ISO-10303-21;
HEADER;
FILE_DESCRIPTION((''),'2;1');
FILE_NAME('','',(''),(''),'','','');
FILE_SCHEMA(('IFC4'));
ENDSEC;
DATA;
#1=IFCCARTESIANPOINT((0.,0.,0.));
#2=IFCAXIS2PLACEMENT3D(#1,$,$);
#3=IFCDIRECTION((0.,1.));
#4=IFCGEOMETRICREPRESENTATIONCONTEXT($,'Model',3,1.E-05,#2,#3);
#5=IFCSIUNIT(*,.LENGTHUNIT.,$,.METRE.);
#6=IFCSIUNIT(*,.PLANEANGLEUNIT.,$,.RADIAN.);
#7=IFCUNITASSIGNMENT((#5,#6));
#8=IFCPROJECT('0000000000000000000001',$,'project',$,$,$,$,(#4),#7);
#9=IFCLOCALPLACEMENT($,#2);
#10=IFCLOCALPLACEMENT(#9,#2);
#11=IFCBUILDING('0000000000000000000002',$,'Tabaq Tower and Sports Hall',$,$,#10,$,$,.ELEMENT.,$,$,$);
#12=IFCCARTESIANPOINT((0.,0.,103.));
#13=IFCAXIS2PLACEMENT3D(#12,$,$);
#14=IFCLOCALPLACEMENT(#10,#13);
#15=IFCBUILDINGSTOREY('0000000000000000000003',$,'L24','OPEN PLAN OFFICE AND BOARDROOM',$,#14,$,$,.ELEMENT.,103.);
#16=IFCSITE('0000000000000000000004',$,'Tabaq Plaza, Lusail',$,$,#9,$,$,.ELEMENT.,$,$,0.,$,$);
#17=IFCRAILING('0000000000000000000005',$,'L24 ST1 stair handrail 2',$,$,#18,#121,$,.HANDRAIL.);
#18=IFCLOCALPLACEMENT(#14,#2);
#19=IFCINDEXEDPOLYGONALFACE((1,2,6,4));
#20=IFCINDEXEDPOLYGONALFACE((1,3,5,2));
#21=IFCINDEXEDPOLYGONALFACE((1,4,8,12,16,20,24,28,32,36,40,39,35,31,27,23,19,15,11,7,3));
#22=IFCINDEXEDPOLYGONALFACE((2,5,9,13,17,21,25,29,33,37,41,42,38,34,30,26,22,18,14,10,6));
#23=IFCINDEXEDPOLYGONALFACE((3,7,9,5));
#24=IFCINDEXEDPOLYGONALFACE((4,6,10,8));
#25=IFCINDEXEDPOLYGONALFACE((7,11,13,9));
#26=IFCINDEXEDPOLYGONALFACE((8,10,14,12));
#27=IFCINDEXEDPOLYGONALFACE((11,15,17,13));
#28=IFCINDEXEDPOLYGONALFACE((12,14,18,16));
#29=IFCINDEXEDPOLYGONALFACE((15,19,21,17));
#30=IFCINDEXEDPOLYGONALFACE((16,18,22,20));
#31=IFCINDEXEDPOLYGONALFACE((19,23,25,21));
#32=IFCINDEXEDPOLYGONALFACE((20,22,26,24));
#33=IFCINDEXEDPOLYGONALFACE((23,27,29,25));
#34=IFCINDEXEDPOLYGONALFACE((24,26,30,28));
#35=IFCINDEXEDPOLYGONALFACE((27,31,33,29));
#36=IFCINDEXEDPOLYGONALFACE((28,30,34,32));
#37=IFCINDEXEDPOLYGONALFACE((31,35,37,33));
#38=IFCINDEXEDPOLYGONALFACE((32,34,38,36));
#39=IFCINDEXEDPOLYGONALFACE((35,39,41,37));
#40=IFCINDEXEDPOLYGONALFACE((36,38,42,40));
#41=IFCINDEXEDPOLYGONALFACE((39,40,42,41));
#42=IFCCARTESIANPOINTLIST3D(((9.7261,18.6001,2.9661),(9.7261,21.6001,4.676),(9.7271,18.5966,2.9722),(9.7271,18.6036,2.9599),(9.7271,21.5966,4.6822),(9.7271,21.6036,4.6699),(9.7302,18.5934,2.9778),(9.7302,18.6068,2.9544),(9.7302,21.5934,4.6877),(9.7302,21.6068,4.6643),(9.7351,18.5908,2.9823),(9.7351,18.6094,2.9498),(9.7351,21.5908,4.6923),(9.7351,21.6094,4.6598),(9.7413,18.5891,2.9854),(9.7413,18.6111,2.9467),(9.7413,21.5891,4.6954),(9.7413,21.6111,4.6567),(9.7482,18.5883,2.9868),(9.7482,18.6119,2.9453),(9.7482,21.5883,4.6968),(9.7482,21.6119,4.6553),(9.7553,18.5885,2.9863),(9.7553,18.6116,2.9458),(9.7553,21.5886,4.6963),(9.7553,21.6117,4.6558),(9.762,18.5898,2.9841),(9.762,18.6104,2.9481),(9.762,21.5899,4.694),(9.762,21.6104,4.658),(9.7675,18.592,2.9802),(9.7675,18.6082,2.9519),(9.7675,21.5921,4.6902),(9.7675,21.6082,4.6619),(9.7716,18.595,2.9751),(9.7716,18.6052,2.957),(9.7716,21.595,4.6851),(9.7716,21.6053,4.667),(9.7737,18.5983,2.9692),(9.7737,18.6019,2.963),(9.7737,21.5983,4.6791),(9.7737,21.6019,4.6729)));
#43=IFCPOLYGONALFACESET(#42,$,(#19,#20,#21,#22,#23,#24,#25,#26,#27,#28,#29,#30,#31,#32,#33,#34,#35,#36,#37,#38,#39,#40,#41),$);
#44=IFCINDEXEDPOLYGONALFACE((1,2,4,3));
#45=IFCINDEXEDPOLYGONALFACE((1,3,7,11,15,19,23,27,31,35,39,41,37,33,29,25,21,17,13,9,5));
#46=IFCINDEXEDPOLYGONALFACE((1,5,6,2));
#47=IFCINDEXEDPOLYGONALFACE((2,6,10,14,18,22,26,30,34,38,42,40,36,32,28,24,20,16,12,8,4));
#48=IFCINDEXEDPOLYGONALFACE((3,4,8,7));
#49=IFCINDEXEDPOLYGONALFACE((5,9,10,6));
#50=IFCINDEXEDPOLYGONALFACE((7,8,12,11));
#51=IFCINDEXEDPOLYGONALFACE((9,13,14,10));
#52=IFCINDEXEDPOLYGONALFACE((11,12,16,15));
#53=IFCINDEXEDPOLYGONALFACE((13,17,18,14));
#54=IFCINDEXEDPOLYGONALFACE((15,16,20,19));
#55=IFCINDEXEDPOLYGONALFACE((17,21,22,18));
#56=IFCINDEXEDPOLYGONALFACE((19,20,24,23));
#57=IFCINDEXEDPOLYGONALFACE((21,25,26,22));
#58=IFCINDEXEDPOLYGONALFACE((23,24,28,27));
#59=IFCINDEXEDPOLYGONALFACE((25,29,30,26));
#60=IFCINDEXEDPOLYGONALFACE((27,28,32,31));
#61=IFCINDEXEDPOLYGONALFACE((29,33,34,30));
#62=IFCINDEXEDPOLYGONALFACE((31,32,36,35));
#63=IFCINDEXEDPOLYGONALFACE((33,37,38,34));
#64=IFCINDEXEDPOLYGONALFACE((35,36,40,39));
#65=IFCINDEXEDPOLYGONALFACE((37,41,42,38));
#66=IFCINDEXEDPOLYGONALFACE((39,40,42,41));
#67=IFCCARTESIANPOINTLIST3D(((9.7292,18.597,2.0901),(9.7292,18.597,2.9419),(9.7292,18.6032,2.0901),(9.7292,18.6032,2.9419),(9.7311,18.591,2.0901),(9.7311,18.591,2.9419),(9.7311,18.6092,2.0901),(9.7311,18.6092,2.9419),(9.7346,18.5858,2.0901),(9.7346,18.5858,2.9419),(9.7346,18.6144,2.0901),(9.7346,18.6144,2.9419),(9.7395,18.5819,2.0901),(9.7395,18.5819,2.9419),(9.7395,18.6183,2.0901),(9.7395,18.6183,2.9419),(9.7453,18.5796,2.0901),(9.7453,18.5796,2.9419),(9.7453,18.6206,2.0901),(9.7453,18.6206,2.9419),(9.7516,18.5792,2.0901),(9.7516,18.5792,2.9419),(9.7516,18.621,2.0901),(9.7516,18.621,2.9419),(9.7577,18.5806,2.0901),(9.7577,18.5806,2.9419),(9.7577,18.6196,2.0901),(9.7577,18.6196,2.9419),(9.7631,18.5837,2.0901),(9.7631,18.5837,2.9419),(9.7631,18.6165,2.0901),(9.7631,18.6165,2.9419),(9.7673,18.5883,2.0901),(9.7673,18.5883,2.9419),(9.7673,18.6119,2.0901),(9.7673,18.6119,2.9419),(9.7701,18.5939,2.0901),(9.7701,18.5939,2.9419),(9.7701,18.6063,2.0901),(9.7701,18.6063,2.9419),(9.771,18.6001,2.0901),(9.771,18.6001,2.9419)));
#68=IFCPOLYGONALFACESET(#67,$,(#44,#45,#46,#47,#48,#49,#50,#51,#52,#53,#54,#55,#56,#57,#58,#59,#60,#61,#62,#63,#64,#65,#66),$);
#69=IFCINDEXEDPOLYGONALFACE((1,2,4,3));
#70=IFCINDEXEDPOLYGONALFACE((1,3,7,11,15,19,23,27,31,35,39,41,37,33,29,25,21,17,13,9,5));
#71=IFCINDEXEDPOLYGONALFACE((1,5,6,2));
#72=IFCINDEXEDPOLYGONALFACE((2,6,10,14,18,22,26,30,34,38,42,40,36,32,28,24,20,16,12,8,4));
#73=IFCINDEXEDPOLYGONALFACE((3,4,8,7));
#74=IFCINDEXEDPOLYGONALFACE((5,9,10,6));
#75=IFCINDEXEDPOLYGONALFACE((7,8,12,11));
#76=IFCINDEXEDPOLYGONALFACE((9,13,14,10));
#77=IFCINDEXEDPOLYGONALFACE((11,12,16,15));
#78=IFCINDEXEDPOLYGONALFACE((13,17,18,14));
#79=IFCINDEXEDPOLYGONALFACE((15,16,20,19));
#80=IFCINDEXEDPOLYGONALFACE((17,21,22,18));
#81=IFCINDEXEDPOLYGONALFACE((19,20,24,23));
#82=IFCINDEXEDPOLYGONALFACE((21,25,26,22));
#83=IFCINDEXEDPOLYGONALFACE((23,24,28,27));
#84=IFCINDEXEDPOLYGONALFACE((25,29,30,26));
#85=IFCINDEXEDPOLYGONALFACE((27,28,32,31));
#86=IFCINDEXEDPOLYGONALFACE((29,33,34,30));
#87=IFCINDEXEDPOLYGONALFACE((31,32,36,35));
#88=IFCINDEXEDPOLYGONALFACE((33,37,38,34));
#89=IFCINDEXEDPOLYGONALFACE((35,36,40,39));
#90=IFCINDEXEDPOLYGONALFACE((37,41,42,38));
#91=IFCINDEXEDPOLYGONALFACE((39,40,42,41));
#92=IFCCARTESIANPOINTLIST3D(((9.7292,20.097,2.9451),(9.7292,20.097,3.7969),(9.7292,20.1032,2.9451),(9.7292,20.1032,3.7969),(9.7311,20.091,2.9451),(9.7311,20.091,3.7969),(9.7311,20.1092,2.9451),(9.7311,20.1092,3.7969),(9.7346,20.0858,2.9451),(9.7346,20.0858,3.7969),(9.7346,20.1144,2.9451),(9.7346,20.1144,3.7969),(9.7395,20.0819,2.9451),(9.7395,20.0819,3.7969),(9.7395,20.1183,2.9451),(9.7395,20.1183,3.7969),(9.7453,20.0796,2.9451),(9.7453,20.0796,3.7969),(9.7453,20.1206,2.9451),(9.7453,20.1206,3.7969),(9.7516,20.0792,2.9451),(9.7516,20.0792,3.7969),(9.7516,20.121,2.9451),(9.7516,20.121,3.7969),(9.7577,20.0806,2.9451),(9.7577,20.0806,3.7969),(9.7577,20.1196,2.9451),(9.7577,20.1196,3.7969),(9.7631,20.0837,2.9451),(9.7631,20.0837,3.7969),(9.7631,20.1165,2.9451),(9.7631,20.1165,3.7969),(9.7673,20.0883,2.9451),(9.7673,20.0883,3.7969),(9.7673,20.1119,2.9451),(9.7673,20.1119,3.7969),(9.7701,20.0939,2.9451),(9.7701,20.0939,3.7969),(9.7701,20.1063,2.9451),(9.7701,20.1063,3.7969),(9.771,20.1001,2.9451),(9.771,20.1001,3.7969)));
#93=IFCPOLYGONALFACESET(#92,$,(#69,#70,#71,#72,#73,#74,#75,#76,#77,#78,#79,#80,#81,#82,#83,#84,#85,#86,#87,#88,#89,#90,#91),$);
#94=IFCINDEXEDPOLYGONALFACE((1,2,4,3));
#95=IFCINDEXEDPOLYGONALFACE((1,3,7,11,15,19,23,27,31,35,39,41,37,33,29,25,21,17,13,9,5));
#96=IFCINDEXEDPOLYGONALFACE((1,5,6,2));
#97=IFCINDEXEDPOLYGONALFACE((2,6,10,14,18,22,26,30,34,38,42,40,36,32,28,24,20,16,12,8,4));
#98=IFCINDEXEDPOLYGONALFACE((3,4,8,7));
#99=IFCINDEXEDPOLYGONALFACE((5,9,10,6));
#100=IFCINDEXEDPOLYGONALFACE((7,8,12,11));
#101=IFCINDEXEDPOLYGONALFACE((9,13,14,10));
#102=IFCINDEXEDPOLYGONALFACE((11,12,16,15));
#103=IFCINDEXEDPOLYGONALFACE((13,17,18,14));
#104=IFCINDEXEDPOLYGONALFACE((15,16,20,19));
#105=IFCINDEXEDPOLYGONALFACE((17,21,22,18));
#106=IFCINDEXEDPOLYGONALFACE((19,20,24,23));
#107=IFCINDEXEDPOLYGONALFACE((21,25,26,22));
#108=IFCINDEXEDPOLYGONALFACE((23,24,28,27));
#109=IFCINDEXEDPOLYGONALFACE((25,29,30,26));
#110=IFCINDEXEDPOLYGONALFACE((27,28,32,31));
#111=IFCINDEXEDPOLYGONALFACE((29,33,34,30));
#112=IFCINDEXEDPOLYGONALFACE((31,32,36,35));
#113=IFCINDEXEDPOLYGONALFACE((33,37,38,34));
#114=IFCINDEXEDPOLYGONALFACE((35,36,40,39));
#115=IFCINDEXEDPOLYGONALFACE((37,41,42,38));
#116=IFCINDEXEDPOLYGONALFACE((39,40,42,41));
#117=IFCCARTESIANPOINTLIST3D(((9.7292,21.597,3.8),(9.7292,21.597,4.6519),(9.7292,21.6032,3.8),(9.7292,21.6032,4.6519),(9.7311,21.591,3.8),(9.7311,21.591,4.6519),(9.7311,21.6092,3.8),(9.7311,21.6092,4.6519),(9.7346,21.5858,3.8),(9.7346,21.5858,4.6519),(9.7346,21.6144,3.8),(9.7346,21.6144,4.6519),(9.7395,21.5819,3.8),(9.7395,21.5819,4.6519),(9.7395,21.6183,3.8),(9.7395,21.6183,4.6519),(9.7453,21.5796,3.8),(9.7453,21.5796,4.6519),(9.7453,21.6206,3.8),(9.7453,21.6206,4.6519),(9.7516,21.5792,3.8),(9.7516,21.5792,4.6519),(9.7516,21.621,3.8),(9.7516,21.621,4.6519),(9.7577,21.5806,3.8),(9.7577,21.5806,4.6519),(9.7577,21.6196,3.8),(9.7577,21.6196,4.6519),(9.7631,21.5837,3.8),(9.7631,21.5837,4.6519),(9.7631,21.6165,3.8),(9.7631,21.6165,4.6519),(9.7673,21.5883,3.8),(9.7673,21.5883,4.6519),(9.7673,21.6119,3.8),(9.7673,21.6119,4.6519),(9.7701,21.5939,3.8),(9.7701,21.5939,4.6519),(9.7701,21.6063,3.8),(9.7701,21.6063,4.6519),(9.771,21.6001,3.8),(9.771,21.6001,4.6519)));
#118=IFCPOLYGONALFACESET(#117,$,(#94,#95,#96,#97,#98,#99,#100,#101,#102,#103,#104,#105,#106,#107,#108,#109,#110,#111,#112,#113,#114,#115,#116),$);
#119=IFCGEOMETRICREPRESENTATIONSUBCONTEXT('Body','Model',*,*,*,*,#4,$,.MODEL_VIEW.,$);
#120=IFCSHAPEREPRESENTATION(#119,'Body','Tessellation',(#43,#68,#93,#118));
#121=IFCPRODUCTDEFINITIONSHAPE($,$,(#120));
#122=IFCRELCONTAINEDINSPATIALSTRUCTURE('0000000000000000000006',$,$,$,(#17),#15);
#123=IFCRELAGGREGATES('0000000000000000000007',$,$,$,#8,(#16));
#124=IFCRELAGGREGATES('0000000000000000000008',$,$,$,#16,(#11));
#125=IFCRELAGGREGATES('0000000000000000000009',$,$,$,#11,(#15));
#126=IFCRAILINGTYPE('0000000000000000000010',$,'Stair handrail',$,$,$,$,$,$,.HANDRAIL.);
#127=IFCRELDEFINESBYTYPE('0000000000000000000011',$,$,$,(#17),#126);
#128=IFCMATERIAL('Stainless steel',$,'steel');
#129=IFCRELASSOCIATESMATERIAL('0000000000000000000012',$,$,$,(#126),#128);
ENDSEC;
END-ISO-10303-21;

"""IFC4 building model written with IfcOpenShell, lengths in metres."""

from ifc_helpers import new_model, si_unit, direction, frame, origin, origin_2d, place, context, subcontext, project, spatial, circle, extrude, material, type_object, element, save


model = new_model("IFC4")

# Units and contexts
model_context = context("Model", 3, precision=1e-05, world=origin(), true_north=direction((0.0, 1.0)))
body_context = subcontext(model_context, "Body", "Model", "MODEL_VIEW")
ifc_project = project(units=[si_unit("LENGTHUNIT", "METRE"), si_unit("PLANEANGLEUNIT", "RADIAN")], contexts=[model_context])

# Site, building, storey
site_placement = place(None, origin())
site = spatial("IfcSite", under=ifc_project, at=site_placement, Name="Tabaq Plaza, Lusail", CompositionType="ELEMENT", RefElevation=0.0)
building_placement = place(site_placement, origin())
building = spatial("IfcBuilding", under=site, at=building_placement, Name="Tabaq Tower and Sports Hall", CompositionType="ELEMENT")
storey_placement = place(building_placement, frame((0.0, 0.0, 103.0)))
storey = spatial("IfcBuildingStorey", under=building, at=storey_placement, Name="L24", Description="OPEN PLAN OFFICE AND BOARDROOM", CompositionType="ELEMENT", Elevation=103.0)

# Railing
ifc_material_1 = material(Name="Stainless steel", Category="steel")
railing_type = type_object("IfcRailingType", Name="Stair handrail", PredefinedType="HANDRAIL", material=ifc_material_1)
railing_placement = place(storey_placement, frame((9.75, 18.6001, 2.0901)))
element("IfcRailing", 1, at=railing_placement, inside=storey, type_object=railing_type, Name="L24 ST1 stair handrail 2", PredefinedType="HANDRAIL", context=body_context, shape_type="SweptSolid", body=[
    extrude(circle(Radius=0.0239, at=origin_2d()), frame((0.0, 0.0, 0.876), z_axis=(0.0, 0.868782, 0.495195), x_axis=(-1.0, 0.0, 0.0)), (0.0, 0.0, 1.0), 3.4531),
    extrude(circle(Radius=0.021, at=origin_2d()), origin(), (0.0, 0.0, 1.0), 0.8518),
    extrude(circle(Radius=0.021, at=origin_2d()), frame((0.0, 1.5, 0.855)), (0.0, 0.0, 1.0), 0.8518),
    extrude(circle(Radius=0.021, at=origin_2d()), frame((0.0, 3.0, 1.71)), (0.0, 0.0, 1.0), 0.8518),
])

save(model, "model.ifc")
